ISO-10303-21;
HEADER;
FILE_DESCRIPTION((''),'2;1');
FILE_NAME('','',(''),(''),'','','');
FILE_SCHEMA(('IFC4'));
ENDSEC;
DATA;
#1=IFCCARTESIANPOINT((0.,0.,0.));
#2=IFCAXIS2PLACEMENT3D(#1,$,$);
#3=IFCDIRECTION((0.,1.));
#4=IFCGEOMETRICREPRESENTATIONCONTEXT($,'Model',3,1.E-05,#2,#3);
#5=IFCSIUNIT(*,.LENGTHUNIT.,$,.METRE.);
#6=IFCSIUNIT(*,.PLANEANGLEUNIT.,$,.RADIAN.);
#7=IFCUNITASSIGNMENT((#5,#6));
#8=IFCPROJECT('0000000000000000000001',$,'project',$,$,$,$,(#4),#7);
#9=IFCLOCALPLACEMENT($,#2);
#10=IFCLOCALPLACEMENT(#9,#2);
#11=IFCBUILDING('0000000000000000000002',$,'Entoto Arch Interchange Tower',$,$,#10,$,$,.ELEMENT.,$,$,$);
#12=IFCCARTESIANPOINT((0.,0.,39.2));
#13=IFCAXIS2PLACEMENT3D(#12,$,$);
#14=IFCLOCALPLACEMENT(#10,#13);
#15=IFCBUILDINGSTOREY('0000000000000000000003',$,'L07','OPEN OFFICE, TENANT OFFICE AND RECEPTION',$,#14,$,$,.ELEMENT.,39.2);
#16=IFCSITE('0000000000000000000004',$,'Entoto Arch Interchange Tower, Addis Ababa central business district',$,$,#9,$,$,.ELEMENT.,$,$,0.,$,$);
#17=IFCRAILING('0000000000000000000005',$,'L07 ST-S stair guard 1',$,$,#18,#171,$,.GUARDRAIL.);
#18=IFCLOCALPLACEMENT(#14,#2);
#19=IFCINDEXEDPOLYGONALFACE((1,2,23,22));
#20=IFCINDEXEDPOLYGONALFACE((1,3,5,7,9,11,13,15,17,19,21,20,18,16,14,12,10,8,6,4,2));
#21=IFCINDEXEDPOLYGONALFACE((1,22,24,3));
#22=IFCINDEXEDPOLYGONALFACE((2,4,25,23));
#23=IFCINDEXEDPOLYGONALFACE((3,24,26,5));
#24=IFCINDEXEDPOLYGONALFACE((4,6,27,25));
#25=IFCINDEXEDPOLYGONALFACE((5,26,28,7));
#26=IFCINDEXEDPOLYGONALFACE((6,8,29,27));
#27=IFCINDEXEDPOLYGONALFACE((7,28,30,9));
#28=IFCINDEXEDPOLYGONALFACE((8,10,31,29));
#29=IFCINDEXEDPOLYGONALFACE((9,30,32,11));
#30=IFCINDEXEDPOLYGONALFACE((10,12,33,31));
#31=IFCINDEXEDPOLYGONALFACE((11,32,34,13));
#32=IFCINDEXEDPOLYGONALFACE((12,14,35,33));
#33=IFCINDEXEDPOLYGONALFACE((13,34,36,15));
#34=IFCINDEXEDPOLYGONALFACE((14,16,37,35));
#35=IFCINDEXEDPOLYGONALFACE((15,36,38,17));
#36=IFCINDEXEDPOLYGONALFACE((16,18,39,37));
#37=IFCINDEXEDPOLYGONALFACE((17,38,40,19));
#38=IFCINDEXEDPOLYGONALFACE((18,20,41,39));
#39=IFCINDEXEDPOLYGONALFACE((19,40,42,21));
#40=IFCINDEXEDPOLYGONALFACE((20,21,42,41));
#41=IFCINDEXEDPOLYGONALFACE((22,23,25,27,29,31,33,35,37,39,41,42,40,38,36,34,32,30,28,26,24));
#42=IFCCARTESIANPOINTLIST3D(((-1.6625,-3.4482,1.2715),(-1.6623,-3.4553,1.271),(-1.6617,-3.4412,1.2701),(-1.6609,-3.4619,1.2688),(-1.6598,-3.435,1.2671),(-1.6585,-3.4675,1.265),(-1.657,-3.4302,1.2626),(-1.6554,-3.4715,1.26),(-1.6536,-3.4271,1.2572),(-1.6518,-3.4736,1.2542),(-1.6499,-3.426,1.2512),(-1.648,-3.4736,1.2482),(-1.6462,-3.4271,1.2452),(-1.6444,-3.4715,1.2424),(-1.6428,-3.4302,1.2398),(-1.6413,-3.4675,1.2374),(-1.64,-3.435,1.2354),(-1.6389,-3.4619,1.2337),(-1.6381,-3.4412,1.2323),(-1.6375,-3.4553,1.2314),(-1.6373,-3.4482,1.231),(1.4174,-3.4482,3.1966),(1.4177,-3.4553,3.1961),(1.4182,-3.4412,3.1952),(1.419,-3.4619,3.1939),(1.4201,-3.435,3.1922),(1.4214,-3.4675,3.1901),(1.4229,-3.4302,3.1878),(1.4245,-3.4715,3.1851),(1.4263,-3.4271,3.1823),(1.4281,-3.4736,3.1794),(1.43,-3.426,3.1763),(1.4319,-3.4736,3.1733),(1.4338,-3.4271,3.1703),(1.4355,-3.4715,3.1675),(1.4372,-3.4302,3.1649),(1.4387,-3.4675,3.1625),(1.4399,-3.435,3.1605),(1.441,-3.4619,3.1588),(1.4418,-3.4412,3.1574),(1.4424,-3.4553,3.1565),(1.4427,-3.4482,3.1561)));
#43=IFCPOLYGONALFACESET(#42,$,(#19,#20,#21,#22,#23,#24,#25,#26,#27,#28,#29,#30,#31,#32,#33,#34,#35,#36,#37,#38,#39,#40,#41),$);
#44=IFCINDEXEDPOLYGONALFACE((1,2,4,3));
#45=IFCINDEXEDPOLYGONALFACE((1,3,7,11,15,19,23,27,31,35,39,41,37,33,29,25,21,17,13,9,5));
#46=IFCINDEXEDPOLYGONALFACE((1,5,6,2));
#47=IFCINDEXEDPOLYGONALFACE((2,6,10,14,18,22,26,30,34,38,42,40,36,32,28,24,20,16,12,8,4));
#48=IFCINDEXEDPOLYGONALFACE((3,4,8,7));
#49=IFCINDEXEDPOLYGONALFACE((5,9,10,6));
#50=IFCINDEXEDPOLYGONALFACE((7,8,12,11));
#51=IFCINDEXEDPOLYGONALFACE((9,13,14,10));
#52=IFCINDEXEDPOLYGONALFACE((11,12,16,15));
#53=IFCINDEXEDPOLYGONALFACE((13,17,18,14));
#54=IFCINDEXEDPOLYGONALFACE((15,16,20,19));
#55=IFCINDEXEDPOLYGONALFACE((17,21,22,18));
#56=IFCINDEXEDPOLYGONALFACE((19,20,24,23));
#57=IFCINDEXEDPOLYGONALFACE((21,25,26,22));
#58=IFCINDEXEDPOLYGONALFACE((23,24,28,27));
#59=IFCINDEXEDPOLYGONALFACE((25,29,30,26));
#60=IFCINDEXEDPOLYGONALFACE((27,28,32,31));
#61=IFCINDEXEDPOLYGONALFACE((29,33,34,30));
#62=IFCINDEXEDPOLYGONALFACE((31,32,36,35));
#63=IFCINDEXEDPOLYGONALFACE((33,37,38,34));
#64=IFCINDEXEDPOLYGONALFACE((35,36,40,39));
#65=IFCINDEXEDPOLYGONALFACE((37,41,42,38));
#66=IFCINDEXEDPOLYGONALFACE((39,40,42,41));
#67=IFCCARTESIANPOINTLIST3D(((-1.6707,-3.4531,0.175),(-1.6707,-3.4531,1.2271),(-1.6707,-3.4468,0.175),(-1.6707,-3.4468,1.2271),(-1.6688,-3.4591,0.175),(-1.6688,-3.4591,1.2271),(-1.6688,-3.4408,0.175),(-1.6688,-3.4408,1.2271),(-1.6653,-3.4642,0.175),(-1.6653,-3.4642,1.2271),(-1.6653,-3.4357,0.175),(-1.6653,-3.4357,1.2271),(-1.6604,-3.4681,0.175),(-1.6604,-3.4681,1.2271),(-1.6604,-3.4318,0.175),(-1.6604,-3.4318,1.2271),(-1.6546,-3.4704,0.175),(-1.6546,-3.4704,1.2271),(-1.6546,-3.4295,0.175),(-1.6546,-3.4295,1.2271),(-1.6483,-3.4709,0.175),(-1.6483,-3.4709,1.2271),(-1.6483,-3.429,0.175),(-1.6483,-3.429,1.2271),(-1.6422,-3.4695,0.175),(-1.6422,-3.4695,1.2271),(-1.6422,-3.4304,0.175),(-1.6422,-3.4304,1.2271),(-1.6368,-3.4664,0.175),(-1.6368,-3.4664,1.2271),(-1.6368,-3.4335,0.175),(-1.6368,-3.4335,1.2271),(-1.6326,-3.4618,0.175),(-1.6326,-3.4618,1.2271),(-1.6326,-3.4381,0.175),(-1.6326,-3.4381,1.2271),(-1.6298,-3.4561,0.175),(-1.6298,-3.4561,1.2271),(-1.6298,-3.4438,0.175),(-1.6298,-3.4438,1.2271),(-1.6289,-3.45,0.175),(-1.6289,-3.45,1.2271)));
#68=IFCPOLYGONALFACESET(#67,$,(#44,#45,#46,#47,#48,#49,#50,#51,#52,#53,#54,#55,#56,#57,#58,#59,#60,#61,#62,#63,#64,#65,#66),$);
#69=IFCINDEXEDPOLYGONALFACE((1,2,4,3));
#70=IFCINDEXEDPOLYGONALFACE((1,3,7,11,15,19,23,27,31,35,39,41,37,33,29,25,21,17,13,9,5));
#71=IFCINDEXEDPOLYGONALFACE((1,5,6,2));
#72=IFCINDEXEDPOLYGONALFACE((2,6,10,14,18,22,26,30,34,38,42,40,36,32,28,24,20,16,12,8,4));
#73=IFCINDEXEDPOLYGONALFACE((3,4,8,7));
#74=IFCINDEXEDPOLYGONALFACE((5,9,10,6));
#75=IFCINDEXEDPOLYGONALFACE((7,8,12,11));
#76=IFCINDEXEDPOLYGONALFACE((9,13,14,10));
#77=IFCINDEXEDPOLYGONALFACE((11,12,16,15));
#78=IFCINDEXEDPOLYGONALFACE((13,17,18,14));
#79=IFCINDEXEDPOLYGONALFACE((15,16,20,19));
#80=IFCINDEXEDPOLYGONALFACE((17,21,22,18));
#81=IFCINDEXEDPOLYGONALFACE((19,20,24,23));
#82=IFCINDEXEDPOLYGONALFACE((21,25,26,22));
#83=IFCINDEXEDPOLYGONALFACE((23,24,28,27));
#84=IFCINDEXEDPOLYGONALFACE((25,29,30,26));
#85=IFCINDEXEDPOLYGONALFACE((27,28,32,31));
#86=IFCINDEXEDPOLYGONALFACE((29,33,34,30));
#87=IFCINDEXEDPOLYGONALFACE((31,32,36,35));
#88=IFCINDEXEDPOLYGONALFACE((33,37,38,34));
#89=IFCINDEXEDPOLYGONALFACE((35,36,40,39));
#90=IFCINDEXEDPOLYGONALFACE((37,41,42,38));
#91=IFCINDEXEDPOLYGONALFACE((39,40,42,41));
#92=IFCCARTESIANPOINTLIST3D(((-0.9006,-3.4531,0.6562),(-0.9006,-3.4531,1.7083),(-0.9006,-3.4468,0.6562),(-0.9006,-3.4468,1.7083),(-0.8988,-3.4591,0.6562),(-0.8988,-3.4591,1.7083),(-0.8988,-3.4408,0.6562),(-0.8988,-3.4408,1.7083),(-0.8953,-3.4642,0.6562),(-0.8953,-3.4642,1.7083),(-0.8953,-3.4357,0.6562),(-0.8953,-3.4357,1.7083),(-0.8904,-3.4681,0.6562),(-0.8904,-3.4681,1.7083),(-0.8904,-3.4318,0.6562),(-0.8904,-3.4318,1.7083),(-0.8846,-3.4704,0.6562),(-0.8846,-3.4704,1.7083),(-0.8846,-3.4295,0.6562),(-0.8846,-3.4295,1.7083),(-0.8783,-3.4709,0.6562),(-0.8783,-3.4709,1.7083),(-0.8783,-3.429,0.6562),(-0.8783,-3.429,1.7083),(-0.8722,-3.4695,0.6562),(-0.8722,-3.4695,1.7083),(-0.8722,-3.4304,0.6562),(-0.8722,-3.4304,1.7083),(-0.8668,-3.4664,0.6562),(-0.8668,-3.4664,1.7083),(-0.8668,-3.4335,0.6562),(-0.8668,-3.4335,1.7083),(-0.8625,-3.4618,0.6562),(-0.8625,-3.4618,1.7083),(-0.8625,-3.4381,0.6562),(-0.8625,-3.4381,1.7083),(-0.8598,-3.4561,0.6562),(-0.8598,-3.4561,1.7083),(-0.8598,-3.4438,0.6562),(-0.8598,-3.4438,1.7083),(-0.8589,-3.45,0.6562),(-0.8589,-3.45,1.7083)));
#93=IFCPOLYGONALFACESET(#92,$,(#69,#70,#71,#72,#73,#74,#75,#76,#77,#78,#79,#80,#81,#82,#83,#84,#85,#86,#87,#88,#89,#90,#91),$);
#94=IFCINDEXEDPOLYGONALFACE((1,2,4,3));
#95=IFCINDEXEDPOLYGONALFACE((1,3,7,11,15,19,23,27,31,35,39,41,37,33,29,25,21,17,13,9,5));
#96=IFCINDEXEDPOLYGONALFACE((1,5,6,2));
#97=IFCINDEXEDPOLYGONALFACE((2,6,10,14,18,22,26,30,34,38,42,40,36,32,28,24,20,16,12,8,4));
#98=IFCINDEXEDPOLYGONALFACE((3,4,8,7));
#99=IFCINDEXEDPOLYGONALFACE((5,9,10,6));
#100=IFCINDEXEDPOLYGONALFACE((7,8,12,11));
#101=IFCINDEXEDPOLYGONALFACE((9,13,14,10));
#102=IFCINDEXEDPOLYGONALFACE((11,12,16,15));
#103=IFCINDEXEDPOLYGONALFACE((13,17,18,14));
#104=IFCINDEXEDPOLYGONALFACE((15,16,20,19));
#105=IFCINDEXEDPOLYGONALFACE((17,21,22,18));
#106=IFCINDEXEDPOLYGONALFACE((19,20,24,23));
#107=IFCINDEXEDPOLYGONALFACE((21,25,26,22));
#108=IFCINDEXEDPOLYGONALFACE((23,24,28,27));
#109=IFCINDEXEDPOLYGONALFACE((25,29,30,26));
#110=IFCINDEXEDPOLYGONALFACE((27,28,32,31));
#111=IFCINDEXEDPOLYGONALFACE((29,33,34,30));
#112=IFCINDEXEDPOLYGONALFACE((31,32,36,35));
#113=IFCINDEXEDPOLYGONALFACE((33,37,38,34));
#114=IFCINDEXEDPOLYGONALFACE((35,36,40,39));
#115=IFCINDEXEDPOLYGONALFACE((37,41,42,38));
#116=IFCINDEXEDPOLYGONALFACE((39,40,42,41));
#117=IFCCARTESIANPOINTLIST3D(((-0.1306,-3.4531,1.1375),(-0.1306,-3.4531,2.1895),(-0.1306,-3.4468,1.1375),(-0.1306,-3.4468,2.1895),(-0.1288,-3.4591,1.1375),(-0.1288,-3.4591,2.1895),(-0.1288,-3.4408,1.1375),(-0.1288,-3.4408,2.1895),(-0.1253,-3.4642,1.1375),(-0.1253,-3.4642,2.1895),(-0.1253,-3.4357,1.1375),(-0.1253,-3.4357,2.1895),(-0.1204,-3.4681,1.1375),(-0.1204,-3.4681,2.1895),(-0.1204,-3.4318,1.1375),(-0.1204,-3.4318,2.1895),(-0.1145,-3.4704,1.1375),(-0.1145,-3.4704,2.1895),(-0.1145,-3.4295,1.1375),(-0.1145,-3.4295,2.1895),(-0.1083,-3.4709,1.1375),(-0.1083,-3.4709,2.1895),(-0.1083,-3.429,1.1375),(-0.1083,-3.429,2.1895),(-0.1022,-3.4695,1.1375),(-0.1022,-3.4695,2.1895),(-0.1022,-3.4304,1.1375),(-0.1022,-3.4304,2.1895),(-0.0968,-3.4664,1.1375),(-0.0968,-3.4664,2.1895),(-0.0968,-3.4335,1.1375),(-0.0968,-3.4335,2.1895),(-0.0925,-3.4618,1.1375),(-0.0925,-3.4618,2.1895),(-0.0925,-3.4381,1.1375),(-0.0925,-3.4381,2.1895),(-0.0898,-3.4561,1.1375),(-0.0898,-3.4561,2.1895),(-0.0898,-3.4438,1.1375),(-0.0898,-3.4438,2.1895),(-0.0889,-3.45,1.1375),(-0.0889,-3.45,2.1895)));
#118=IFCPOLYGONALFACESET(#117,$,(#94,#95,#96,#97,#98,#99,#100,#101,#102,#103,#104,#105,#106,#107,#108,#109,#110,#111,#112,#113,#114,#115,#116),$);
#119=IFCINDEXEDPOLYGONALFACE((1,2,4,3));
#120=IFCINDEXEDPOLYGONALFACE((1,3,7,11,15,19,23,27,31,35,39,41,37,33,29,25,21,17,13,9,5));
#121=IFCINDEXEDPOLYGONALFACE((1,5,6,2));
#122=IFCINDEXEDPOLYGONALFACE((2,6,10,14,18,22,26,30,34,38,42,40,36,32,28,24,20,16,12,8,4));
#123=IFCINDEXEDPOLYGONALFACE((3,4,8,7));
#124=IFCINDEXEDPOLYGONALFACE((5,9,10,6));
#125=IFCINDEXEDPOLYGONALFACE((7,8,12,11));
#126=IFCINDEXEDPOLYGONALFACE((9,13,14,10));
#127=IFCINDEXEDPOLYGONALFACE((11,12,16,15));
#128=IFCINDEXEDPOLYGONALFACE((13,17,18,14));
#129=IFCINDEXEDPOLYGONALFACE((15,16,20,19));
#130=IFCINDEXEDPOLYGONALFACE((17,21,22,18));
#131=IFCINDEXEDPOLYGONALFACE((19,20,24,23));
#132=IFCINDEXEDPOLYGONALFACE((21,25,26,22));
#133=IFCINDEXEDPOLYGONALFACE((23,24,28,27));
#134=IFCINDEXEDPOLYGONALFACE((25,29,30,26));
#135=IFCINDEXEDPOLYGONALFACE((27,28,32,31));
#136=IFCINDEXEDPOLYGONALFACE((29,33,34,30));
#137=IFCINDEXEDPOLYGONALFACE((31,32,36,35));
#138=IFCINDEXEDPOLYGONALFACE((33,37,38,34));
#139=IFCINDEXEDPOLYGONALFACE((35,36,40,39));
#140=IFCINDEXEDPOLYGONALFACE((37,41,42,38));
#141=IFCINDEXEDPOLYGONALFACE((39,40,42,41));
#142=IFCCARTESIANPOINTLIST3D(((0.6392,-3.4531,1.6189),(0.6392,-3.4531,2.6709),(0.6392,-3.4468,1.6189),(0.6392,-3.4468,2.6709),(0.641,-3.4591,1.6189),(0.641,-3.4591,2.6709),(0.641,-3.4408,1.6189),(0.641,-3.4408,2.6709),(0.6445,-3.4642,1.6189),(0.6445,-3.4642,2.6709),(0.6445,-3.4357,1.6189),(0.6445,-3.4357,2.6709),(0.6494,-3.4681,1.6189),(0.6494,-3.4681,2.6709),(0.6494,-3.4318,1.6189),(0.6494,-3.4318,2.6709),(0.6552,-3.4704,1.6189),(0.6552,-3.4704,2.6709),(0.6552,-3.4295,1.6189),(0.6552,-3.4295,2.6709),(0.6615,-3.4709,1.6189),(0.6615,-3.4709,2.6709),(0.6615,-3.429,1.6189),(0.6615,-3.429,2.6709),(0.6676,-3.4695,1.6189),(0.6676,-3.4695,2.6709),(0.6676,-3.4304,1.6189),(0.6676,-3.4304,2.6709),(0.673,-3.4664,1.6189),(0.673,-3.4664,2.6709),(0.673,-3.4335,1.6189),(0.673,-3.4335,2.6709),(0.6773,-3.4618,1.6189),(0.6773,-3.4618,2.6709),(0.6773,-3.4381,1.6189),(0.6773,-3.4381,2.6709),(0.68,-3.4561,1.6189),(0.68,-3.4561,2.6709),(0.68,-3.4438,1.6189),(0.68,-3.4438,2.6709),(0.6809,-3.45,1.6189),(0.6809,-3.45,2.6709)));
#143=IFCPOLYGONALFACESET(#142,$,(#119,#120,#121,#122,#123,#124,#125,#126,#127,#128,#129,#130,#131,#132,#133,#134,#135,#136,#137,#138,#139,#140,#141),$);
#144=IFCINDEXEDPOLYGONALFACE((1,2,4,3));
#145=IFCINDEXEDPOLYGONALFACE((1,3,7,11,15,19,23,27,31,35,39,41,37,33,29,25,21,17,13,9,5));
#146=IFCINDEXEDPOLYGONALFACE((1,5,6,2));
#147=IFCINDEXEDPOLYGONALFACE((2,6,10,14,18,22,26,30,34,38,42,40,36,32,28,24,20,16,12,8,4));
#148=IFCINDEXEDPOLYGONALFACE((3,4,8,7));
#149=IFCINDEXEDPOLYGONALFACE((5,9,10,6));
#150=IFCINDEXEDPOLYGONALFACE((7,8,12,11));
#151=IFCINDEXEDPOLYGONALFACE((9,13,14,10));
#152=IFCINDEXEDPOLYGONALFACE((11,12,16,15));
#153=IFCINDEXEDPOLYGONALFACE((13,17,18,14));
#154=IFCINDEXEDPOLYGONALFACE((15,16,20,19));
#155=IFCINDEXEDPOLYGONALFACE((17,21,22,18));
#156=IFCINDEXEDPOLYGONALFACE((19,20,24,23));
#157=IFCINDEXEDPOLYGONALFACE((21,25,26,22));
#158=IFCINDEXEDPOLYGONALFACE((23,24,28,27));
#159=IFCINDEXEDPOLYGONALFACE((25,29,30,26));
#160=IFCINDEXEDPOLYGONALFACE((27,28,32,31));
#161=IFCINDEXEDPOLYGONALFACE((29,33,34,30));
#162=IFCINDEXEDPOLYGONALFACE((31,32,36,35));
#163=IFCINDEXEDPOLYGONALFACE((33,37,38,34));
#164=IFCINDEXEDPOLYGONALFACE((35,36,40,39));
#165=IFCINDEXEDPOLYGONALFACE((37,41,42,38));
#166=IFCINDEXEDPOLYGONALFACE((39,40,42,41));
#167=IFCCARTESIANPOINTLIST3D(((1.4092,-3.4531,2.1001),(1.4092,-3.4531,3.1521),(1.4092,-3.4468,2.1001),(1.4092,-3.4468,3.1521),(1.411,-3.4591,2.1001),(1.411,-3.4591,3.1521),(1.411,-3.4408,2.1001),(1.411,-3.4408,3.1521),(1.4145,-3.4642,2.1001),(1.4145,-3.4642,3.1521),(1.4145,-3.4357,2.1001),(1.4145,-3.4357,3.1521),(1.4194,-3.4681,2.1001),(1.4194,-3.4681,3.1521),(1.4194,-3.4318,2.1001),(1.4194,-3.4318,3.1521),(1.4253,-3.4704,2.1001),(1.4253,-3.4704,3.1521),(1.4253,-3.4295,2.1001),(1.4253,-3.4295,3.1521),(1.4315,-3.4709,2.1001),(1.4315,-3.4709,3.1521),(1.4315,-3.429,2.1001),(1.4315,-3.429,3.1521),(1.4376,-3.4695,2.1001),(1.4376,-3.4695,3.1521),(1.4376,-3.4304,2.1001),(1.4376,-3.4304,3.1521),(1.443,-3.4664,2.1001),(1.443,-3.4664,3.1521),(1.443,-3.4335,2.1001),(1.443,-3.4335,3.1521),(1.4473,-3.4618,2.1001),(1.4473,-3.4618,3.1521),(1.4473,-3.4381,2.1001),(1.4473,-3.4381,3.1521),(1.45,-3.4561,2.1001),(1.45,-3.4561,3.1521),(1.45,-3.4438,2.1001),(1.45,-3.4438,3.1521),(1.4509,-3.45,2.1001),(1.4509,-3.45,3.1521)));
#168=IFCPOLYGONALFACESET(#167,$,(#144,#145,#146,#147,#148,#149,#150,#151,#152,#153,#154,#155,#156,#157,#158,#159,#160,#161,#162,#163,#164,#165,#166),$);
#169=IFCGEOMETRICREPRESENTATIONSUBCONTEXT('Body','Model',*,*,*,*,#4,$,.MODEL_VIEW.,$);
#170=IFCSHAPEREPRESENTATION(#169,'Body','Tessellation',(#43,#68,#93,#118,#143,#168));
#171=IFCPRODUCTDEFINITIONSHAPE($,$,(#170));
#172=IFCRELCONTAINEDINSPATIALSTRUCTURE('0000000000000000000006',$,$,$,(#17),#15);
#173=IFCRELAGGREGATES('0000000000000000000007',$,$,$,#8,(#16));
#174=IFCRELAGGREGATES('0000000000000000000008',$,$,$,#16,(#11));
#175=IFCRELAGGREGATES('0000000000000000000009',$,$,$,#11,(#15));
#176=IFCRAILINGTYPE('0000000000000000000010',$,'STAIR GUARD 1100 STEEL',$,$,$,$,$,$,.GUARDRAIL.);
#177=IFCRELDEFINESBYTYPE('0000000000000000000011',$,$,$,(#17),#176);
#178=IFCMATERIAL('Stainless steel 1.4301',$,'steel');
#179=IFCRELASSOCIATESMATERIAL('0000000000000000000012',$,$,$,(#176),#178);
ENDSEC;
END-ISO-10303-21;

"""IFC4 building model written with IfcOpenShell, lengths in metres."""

from ifc_helpers import new_model, si_unit, direction, frame, origin, origin_2d, place, context, subcontext, project, spatial, circle, extrude, material, type_object, element, save


model = new_model("IFC4")

# Units and contexts
model_context = context("Model", 3, precision=1e-05, world=origin(), true_north=direction((0.0, 1.0)))
body_context = subcontext(model_context, "Body", "Model", "MODEL_VIEW")
ifc_project = project(units=[si_unit("LENGTHUNIT", "METRE"), si_unit("PLANEANGLEUNIT", "RADIAN")], contexts=[model_context])

# Site, building, storey
site_placement = place(None, origin())
site = spatial("IfcSite", under=ifc_project, at=site_placement, Name="Entoto Arch Interchange Tower, Addis Ababa central business district", CompositionType="ELEMENT", RefElevation=0.0)
building_placement = place(site_placement, origin())
building = spatial("IfcBuilding", under=site, at=building_placement, Name="Entoto Arch Interchange Tower", CompositionType="ELEMENT")
storey_placement = place(building_placement, frame((0.0, 0.0, 39.2)))
storey = spatial("IfcBuildingStorey", under=building, at=storey_placement, Name="L07", Description="OPEN OFFICE, TENANT OFFICE AND RECEPTION", CompositionType="ELEMENT", Elevation=39.2)

# Railing
ifc_material_1 = material(Name="Stainless steel 1.4301", Category="steel")
railing_type_1 = type_object("IfcRailingType", Name="STAIR GUARD 1100 STEEL", PredefinedType="GUARDRAIL", material=ifc_material_1)
railing_1_placement = place(storey_placement, frame((-1.6499, -3.45, 0.175)))
element("IfcRailing", 1, at=railing_1_placement, inside=storey, type_object=railing_type_1, Name="L07 ST-S stair guard 1", PredefinedType="GUARDRAIL", context=body_context, shape_type="SweptSolid", body=[
    extrude(circle(Radius=0.0239, at=origin_2d()), frame((0.0, 0.0, 1.0762), z_axis=(0.847979, 0.0, 0.530029), x_axis=(0.0, 1.0, 0.0)), (0.0, 0.0, 1.0), 3.6321),
    extrude(circle(Radius=0.021, at=origin_2d()), origin(), (0.0, 0.0, 1.0), 1.052),
    extrude(circle(Radius=0.021, at=origin_2d()), frame((0.77, 0.0, 0.4812)), (0.0, 0.0, 1.0), 1.052),
    extrude(circle(Radius=0.021, at=origin_2d()), frame((1.54, 0.0, 0.9624)), (0.0, 0.0, 1.0), 1.052),
    extrude(circle(Radius=0.021, at=origin_2d()), frame((2.3098, 0.0, 1.4438)), (0.0, 0.0, 1.0), 1.052),
    extrude(circle(Radius=0.021, at=origin_2d()), frame((3.0798, 0.0, 1.925)), (0.0, 0.0, 1.0), 1.052),
])

save(model, "model.ifc")
